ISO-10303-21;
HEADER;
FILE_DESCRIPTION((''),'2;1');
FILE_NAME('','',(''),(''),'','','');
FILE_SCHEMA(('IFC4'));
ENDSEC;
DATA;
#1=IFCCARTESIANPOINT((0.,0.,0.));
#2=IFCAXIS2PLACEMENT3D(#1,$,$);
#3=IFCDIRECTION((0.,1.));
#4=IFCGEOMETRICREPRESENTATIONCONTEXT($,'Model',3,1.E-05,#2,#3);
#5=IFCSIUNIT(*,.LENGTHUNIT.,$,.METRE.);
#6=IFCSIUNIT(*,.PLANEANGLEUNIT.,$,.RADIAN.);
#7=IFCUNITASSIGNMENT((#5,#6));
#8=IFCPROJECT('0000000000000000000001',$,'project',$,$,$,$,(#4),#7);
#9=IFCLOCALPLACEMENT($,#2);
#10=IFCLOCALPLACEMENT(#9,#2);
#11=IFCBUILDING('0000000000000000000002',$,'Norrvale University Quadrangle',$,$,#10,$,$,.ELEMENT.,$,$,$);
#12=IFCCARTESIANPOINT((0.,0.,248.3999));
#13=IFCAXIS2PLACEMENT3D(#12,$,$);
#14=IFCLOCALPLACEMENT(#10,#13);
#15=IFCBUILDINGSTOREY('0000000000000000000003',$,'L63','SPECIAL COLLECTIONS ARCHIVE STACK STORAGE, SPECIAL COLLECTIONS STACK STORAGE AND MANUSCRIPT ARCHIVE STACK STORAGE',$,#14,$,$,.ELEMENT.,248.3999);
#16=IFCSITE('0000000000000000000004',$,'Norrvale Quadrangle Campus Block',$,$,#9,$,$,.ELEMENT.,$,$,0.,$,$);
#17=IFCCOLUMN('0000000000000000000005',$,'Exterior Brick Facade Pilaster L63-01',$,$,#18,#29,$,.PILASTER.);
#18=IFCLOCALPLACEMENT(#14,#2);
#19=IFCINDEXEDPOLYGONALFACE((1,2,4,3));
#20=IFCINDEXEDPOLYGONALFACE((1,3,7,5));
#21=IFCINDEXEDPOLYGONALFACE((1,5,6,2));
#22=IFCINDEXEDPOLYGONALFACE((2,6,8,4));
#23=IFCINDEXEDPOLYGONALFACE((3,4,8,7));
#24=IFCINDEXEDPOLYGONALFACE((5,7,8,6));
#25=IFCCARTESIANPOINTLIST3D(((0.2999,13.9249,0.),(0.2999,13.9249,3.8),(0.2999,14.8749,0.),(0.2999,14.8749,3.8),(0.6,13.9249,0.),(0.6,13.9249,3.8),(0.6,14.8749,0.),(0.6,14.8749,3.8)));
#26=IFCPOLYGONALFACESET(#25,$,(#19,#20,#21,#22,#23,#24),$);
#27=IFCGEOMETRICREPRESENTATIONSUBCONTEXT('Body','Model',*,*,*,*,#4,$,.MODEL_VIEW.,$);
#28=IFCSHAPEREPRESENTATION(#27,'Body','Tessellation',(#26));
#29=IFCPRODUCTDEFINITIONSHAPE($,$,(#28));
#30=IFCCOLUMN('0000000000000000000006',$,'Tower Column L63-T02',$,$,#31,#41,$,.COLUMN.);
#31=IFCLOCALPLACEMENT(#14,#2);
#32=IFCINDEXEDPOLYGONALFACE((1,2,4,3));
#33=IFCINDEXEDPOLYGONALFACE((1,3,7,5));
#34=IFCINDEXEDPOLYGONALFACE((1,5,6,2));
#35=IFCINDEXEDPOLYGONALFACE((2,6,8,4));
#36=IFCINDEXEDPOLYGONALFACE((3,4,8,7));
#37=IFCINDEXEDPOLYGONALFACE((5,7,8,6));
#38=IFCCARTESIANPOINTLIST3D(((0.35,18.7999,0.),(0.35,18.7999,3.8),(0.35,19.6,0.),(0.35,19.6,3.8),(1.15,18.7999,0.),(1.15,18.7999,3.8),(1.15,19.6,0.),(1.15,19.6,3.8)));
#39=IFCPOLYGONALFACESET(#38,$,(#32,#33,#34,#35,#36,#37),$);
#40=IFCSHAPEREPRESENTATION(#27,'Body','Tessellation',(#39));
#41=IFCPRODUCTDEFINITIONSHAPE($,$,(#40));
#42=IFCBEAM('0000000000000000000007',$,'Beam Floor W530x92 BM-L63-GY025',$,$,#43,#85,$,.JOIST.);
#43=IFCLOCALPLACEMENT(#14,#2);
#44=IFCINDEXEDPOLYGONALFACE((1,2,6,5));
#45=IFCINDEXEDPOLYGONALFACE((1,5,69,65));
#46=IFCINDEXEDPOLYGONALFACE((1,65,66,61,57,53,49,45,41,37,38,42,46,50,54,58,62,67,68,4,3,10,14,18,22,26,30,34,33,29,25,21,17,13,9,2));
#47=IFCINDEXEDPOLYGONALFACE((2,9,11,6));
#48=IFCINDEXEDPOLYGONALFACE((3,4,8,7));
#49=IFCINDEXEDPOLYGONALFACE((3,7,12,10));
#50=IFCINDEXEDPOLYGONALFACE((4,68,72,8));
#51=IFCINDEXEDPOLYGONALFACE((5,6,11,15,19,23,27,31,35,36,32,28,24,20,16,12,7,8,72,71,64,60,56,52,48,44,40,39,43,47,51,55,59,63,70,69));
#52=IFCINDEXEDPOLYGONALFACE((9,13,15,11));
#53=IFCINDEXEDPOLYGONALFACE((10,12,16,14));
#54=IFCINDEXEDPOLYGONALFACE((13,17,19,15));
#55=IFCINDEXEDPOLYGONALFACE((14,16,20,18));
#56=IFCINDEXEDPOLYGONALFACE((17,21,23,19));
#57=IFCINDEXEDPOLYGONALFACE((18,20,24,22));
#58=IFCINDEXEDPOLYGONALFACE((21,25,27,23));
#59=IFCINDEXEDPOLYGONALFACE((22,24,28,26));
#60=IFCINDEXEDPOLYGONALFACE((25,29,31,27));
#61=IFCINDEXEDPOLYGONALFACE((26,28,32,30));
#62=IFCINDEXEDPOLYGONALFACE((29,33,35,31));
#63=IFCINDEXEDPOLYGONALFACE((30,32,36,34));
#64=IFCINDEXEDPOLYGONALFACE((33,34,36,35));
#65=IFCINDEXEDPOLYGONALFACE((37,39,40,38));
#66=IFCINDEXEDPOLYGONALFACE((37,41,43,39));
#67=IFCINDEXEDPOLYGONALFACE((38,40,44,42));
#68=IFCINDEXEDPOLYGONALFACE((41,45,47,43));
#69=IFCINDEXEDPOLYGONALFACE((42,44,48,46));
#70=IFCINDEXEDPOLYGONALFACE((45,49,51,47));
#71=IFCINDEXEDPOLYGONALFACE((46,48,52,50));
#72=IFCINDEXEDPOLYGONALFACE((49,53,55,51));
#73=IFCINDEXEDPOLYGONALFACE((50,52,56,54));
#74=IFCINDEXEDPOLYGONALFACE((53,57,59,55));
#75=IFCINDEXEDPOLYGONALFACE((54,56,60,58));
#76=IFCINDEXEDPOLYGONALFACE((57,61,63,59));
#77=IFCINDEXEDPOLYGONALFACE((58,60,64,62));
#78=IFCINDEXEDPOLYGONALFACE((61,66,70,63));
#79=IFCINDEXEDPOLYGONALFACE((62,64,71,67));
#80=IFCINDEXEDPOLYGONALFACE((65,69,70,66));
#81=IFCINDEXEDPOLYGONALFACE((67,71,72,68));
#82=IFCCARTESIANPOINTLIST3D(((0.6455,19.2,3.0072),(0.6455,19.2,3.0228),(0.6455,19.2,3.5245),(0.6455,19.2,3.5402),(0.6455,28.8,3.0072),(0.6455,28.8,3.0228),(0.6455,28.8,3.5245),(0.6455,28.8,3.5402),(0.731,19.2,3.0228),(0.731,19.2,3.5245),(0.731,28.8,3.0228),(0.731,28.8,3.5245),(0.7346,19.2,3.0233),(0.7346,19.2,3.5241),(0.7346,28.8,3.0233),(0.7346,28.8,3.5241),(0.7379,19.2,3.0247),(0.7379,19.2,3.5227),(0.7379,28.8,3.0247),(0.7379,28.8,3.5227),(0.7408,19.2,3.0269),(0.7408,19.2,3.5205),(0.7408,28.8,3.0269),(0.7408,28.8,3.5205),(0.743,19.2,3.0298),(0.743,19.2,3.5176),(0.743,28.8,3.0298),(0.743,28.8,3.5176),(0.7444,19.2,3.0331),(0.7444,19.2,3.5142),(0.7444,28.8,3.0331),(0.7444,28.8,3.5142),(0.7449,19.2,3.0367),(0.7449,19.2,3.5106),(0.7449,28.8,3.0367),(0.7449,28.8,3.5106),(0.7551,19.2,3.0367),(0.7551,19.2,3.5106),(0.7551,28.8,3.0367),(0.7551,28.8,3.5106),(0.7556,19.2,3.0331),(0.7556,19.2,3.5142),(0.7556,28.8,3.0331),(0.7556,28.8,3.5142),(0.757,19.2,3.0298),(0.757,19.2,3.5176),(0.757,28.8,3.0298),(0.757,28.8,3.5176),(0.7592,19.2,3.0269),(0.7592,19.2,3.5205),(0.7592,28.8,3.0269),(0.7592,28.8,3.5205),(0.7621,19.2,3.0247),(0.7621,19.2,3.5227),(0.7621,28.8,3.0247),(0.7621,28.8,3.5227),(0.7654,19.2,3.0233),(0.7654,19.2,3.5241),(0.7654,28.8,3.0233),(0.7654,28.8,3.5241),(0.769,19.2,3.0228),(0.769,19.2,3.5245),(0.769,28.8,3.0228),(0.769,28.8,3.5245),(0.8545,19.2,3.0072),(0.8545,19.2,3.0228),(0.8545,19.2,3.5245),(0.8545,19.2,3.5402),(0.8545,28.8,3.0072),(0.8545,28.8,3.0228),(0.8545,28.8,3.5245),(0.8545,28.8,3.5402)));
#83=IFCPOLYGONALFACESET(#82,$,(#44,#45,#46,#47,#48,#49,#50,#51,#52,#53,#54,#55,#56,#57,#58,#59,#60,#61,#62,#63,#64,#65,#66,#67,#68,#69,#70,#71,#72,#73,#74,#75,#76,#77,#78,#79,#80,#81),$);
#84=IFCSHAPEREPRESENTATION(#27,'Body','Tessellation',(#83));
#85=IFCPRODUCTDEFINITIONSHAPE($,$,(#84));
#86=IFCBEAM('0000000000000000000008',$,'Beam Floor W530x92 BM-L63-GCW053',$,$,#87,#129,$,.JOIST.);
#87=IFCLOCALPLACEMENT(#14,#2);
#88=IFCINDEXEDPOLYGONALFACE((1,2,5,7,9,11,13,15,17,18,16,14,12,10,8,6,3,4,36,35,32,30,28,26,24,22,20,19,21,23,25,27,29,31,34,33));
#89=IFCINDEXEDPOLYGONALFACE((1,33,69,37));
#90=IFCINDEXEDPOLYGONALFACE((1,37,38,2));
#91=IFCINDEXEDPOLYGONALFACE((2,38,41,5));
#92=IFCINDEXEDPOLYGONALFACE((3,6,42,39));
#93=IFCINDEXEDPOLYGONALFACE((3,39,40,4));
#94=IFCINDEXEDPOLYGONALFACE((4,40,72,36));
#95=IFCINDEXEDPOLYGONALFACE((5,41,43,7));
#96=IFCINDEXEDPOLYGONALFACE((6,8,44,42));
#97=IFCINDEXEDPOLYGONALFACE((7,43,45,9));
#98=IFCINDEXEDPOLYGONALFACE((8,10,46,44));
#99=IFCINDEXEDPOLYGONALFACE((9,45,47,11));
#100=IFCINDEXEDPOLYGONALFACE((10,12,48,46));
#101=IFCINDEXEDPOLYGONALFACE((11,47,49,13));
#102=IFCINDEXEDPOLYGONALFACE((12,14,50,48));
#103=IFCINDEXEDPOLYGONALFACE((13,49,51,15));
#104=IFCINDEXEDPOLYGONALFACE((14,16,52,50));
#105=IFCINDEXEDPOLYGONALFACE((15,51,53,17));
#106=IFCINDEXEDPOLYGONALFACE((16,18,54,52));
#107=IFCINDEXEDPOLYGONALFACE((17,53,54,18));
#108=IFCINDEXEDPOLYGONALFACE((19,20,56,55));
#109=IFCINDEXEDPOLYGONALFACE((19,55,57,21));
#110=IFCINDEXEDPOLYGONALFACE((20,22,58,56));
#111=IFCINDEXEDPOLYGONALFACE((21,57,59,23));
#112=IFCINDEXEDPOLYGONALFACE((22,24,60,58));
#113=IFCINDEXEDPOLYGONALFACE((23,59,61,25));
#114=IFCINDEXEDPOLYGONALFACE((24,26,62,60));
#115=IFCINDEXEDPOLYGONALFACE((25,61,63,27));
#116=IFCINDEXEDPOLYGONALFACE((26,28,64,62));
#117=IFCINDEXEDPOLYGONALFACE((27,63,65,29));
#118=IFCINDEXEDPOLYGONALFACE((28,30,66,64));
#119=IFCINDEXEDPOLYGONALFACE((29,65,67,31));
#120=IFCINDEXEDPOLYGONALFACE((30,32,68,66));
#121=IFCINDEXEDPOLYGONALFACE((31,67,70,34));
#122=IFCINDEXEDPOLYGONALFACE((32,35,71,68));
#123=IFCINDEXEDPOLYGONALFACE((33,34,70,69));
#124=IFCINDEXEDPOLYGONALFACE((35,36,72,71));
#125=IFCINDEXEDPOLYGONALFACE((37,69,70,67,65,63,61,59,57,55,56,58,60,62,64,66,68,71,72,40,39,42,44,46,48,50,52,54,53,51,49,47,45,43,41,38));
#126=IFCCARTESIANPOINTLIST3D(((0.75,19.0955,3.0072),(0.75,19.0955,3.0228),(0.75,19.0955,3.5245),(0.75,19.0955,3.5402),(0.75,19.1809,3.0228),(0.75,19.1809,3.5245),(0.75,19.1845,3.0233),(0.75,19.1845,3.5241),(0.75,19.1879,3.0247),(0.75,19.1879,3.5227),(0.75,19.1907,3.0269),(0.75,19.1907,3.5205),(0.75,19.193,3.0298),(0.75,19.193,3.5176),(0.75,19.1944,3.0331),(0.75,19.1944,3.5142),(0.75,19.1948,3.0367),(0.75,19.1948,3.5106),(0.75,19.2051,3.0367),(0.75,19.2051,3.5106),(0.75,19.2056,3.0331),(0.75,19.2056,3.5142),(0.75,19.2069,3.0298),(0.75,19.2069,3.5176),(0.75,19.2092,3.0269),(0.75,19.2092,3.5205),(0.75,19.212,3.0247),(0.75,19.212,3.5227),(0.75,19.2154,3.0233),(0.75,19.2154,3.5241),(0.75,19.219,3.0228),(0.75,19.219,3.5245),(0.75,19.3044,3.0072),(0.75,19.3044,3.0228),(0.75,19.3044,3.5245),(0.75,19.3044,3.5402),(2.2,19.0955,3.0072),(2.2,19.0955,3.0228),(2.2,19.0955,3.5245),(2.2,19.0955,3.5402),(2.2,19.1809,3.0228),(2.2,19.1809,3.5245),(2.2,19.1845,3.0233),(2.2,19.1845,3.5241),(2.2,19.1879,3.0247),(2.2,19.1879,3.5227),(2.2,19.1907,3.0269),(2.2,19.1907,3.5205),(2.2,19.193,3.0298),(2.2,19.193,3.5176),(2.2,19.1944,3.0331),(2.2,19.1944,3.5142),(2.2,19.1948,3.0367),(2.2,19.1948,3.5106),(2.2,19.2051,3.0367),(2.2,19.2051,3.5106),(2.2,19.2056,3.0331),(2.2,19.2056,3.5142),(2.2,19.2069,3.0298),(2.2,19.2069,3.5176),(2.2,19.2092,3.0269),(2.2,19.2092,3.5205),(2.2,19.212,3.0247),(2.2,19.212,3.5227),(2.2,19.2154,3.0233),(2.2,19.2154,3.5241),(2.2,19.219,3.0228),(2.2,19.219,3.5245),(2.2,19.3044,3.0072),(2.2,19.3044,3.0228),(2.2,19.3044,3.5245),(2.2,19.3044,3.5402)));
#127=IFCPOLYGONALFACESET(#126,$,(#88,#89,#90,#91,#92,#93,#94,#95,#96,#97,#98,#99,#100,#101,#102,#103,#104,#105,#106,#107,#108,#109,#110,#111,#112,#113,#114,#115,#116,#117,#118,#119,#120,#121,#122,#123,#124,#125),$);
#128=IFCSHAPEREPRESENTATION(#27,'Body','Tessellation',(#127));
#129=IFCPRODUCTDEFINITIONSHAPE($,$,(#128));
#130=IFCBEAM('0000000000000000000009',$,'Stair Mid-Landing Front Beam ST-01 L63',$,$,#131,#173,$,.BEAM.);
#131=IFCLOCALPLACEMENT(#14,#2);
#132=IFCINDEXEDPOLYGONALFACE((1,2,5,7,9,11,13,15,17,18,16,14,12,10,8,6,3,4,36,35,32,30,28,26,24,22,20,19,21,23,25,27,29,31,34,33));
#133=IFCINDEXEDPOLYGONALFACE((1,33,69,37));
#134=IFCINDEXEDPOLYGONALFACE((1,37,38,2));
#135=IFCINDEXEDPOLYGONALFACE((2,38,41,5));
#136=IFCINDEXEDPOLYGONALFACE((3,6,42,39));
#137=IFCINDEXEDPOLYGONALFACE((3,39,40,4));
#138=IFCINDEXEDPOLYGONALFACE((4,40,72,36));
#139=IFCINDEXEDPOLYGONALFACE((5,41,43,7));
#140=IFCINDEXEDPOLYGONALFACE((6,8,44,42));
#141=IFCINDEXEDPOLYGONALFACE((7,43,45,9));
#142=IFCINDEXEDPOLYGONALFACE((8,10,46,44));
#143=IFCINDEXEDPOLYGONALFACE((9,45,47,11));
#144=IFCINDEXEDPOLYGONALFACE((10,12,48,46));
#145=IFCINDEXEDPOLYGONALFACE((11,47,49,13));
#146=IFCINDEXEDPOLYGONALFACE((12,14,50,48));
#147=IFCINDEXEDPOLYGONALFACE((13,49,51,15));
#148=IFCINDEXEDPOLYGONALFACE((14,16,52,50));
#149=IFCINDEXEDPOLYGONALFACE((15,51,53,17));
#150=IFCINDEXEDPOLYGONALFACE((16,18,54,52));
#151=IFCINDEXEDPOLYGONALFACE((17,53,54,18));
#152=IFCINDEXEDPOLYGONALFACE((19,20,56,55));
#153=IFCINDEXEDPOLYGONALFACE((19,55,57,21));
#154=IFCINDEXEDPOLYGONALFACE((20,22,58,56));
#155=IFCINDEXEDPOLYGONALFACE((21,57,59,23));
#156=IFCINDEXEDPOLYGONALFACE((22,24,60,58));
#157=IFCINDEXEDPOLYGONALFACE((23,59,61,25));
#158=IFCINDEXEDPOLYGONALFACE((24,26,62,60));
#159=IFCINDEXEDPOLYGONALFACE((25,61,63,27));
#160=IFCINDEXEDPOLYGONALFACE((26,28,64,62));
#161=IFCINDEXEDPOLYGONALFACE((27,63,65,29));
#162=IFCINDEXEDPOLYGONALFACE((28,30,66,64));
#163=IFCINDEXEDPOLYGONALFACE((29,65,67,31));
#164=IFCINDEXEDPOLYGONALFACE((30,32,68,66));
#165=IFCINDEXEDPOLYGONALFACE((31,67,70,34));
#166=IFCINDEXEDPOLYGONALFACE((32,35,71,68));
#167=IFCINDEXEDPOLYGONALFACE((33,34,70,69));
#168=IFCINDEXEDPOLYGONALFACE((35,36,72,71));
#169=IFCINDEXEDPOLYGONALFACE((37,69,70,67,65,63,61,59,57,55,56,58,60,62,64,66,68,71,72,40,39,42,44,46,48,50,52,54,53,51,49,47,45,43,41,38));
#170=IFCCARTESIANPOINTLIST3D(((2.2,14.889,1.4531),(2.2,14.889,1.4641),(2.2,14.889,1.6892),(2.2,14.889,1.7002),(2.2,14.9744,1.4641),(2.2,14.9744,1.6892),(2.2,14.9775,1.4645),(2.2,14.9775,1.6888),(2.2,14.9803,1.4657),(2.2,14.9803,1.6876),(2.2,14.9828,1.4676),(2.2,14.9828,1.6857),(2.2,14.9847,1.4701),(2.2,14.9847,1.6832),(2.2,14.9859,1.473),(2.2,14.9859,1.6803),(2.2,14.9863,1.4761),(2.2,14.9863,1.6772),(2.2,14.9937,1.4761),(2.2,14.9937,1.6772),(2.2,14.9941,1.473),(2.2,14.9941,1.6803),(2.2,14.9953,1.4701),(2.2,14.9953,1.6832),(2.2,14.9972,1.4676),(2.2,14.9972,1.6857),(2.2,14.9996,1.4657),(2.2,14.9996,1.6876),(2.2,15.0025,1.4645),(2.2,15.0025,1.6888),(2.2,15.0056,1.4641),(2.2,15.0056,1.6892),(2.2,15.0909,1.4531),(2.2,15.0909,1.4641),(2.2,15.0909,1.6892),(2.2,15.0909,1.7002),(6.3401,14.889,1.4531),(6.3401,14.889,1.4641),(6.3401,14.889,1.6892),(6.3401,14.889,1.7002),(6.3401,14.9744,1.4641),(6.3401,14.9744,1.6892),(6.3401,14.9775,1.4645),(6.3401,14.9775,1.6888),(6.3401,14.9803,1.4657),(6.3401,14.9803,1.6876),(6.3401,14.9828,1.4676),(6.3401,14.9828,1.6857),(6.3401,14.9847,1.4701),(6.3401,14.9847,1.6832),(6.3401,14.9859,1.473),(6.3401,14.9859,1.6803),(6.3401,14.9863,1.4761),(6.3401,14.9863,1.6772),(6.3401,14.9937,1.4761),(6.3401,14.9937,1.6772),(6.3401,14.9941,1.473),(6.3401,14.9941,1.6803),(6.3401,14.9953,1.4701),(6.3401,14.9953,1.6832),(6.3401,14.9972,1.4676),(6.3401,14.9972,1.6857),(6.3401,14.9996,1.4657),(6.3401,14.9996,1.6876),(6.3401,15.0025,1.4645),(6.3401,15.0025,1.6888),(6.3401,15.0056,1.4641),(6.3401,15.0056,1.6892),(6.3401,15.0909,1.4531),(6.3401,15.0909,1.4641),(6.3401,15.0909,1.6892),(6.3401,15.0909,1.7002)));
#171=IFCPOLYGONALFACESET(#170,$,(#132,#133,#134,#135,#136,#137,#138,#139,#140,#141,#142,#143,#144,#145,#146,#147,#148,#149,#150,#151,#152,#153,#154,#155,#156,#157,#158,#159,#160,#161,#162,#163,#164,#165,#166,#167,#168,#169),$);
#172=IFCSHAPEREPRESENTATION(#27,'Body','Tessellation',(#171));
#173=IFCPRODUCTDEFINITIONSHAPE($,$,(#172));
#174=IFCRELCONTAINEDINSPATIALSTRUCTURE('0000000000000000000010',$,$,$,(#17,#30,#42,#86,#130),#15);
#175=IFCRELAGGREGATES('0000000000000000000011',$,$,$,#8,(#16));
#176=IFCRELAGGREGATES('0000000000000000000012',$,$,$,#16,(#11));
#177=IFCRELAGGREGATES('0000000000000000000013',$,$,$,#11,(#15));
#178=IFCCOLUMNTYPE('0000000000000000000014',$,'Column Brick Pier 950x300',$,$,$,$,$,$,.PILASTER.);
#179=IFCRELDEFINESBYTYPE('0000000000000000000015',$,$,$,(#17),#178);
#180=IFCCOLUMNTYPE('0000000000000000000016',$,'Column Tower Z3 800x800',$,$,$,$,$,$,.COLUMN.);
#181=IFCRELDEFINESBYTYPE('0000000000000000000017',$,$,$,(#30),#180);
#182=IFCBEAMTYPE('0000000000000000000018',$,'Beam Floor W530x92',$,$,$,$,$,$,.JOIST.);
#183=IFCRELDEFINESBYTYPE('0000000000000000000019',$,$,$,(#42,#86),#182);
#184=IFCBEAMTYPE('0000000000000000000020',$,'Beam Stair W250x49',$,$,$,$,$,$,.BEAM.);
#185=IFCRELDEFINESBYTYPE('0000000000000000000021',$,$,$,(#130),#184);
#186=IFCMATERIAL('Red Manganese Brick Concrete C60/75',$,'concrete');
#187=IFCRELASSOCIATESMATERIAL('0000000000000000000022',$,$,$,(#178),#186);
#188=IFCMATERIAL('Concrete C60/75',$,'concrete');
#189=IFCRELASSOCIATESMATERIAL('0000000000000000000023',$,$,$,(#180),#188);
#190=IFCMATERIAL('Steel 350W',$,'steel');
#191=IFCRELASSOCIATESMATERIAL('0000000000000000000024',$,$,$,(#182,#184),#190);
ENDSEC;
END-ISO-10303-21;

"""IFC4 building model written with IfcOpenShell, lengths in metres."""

from ifc_helpers import new_model, si_unit, direction, frame, origin, origin_2d, place, context, subcontext, project, spatial, rectangle, i_section, extrude, material, material_profile, profile_set, type_object, element, save


model = new_model("IFC4")

# Units and contexts
model_context = context("Model", 3, precision=1e-05, world=origin(), true_north=direction((0.0, 1.0)))
body_context = subcontext(model_context, "Body", "Model", "MODEL_VIEW")
ifc_project = project(units=[si_unit("LENGTHUNIT", "METRE"), si_unit("PLANEANGLEUNIT", "RADIAN")], contexts=[model_context])

# Site, building, storey
site_placement = place(None, origin())
site = spatial("IfcSite", under=ifc_project, at=site_placement, Name="Norrvale Quadrangle Campus Block", CompositionType="ELEMENT", RefElevation=0.0)
building_placement = place(site_placement, origin())
building = spatial("IfcBuilding", under=site, at=building_placement, Name="Norrvale University Quadrangle", CompositionType="ELEMENT")
storey_placement = place(building_placement, frame((0.0, 0.0, 248.3999)))
storey = spatial("IfcBuildingStorey", under=building, at=storey_placement, Name="L63", Description="SPECIAL COLLECTIONS ARCHIVE STACK STORAGE, SPECIAL COLLECTIONS STACK STORAGE AND MANUSCRIPT ARCHIVE STACK STORAGE", CompositionType="ELEMENT", Elevation=248.3999)

# Columns
ifc_material_1 = material(Name="Red Manganese Brick Concrete C60/75", Category="concrete")
ifc_material_profile_1 = material_profile(ifc_material_1, rectangle(XDim=0.95, YDim=0.3, at=origin_2d()), Name="Red Manganese Brick Concrete C60/75")
ifc_profile_set_1 = profile_set([ifc_material_profile_1], Name="Red Manganese Brick Concrete C60/75")
column_type_1 = type_object("IfcColumnType", Name="Column Brick Pier 950x300", PredefinedType="PILASTER", material=ifc_profile_set_1)
column_1_placement = place(storey_placement, frame((0.45, 14.3999, 0.0), z_axis=(0.0, 0.0, 1.0), x_axis=(0.0, 1.0, 0.0)))
element("IfcColumn", 1, at=column_1_placement, inside=storey, type_object=column_type_1, Name="Exterior Brick Facade Pilaster L63-01", PredefinedType="PILASTER", context=body_context, shape_type="SweptSolid", body=[
    extrude(rectangle(XDim=0.95, YDim=0.3, at=origin_2d()), origin(), (0.0, 0.0, 1.0), 3.8),
])
ifc_material_2 = material(Name="Concrete C60/75", Category="concrete")
ifc_material_profile_2 = material_profile(ifc_material_2, rectangle(XDim=0.8, YDim=0.8, at=origin_2d()), Name="Concrete C60/75")
ifc_profile_set_2 = profile_set([ifc_material_profile_2], Name="Concrete C60/75")
column_type_2 = type_object("IfcColumnType", Name="Column Tower Z3 800x800", PredefinedType="COLUMN", material=ifc_profile_set_2)
column_2_placement = place(storey_placement, frame((0.75, 19.2, 0.0), z_axis=(0.0, 0.0, 1.0), x_axis=(1.0, 0.0, 0.0)))
element("IfcColumn", 2, at=column_2_placement, inside=storey, type_object=column_type_2, Name="Tower Column L63-T02", PredefinedType="COLUMN", context=body_context, shape_type="SweptSolid", body=[
    extrude(rectangle(XDim=0.8, YDim=0.8, at=origin_2d()), origin(), (0.0, 0.0, 1.0), 3.8),
])

# Beams
ifc_material_3 = material(Name="Steel 350W", Category="steel")
ifc_material_profile_3 = material_profile(ifc_material_3, i_section(OverallWidth=0.209, OverallDepth=0.533, WebThickness=0.0103, FlangeThickness=0.0156, FilletRadius=0.0139, at=origin_2d()), Name="Steel 350W")
ifc_profile_set_3 = profile_set([ifc_material_profile_3], Name="Steel 350W")
beam_type_1 = type_object("IfcBeamType", Name="Beam Floor W530x92", PredefinedType="JOIST", material=ifc_profile_set_3)
beam_1_placement = place(storey_placement, frame((0.75, 19.2, 3.2737), z_axis=(0.0, 1.0, 0.0), x_axis=(-1.0, 0.0, 0.0)))
element("IfcBeam", 3, at=beam_1_placement, inside=storey, type_object=beam_type_1, Name="Beam Floor W530x92 BM-L63-GY025", PredefinedType="JOIST", context=body_context, shape_type="SweptSolid", body=[
    extrude(i_section(OverallWidth=0.209, OverallDepth=0.533, WebThickness=0.0103, FlangeThickness=0.0156, FilletRadius=0.0139, at=origin_2d()), origin(), (0.0, 0.0, 1.0), 9.6001),
])
beam_2_placement = place(storey_placement, frame((0.75, 19.2, 3.2737), z_axis=(1.0, 0.0, 0.0), x_axis=(0.0, 1.0, 0.0)))
element("IfcBeam", 4, at=beam_2_placement, inside=storey, type_object=beam_type_1, Name="Beam Floor W530x92 BM-L63-GCW053", PredefinedType="JOIST", context=body_context, shape_type="SweptSolid", body=[
    extrude(i_section(OverallWidth=0.209, OverallDepth=0.533, WebThickness=0.0103, FlangeThickness=0.0156, FilletRadius=0.0139, at=origin_2d()), origin(), (0.0, 0.0, 1.0), 1.45),
])
ifc_material_profile_4 = material_profile(ifc_material_3, i_section(OverallWidth=0.2019, OverallDepth=0.2471, WebThickness=0.0073, FlangeThickness=0.011, FilletRadius=0.012, at=origin_2d()), Name="Steel 350W")
ifc_profile_set_4 = profile_set([ifc_material_profile_4], Name="Steel 350W")
beam_type_2 = type_object("IfcBeamType", Name="Beam Stair W250x49", PredefinedType="BEAM", material=ifc_profile_set_4)
for number, where, z_axis, x_axis, name in (
    (5, (2.2, 14.99, 1.5767), (1.0, 0.0, 0.0), (0.0, 1.0, 0.0), "Stair Mid-Landing Front Beam ST-01 L63"),
):
    element("IfcBeam", number, at=place(storey_placement, frame(where, z_axis=z_axis, x_axis=x_axis)), inside=storey, type_object=beam_type_2, Name=name, PredefinedType="BEAM", context=body_context, shape_type="SweptSolid", body=[
        extrude(i_section(OverallWidth=0.2019, OverallDepth=0.2471, WebThickness=0.0073, FlangeThickness=0.011, FilletRadius=0.012, at=origin_2d()), origin(), (0.0, 0.0, 1.0), 4.1401),
    ])

save(model, "model.ifc")
